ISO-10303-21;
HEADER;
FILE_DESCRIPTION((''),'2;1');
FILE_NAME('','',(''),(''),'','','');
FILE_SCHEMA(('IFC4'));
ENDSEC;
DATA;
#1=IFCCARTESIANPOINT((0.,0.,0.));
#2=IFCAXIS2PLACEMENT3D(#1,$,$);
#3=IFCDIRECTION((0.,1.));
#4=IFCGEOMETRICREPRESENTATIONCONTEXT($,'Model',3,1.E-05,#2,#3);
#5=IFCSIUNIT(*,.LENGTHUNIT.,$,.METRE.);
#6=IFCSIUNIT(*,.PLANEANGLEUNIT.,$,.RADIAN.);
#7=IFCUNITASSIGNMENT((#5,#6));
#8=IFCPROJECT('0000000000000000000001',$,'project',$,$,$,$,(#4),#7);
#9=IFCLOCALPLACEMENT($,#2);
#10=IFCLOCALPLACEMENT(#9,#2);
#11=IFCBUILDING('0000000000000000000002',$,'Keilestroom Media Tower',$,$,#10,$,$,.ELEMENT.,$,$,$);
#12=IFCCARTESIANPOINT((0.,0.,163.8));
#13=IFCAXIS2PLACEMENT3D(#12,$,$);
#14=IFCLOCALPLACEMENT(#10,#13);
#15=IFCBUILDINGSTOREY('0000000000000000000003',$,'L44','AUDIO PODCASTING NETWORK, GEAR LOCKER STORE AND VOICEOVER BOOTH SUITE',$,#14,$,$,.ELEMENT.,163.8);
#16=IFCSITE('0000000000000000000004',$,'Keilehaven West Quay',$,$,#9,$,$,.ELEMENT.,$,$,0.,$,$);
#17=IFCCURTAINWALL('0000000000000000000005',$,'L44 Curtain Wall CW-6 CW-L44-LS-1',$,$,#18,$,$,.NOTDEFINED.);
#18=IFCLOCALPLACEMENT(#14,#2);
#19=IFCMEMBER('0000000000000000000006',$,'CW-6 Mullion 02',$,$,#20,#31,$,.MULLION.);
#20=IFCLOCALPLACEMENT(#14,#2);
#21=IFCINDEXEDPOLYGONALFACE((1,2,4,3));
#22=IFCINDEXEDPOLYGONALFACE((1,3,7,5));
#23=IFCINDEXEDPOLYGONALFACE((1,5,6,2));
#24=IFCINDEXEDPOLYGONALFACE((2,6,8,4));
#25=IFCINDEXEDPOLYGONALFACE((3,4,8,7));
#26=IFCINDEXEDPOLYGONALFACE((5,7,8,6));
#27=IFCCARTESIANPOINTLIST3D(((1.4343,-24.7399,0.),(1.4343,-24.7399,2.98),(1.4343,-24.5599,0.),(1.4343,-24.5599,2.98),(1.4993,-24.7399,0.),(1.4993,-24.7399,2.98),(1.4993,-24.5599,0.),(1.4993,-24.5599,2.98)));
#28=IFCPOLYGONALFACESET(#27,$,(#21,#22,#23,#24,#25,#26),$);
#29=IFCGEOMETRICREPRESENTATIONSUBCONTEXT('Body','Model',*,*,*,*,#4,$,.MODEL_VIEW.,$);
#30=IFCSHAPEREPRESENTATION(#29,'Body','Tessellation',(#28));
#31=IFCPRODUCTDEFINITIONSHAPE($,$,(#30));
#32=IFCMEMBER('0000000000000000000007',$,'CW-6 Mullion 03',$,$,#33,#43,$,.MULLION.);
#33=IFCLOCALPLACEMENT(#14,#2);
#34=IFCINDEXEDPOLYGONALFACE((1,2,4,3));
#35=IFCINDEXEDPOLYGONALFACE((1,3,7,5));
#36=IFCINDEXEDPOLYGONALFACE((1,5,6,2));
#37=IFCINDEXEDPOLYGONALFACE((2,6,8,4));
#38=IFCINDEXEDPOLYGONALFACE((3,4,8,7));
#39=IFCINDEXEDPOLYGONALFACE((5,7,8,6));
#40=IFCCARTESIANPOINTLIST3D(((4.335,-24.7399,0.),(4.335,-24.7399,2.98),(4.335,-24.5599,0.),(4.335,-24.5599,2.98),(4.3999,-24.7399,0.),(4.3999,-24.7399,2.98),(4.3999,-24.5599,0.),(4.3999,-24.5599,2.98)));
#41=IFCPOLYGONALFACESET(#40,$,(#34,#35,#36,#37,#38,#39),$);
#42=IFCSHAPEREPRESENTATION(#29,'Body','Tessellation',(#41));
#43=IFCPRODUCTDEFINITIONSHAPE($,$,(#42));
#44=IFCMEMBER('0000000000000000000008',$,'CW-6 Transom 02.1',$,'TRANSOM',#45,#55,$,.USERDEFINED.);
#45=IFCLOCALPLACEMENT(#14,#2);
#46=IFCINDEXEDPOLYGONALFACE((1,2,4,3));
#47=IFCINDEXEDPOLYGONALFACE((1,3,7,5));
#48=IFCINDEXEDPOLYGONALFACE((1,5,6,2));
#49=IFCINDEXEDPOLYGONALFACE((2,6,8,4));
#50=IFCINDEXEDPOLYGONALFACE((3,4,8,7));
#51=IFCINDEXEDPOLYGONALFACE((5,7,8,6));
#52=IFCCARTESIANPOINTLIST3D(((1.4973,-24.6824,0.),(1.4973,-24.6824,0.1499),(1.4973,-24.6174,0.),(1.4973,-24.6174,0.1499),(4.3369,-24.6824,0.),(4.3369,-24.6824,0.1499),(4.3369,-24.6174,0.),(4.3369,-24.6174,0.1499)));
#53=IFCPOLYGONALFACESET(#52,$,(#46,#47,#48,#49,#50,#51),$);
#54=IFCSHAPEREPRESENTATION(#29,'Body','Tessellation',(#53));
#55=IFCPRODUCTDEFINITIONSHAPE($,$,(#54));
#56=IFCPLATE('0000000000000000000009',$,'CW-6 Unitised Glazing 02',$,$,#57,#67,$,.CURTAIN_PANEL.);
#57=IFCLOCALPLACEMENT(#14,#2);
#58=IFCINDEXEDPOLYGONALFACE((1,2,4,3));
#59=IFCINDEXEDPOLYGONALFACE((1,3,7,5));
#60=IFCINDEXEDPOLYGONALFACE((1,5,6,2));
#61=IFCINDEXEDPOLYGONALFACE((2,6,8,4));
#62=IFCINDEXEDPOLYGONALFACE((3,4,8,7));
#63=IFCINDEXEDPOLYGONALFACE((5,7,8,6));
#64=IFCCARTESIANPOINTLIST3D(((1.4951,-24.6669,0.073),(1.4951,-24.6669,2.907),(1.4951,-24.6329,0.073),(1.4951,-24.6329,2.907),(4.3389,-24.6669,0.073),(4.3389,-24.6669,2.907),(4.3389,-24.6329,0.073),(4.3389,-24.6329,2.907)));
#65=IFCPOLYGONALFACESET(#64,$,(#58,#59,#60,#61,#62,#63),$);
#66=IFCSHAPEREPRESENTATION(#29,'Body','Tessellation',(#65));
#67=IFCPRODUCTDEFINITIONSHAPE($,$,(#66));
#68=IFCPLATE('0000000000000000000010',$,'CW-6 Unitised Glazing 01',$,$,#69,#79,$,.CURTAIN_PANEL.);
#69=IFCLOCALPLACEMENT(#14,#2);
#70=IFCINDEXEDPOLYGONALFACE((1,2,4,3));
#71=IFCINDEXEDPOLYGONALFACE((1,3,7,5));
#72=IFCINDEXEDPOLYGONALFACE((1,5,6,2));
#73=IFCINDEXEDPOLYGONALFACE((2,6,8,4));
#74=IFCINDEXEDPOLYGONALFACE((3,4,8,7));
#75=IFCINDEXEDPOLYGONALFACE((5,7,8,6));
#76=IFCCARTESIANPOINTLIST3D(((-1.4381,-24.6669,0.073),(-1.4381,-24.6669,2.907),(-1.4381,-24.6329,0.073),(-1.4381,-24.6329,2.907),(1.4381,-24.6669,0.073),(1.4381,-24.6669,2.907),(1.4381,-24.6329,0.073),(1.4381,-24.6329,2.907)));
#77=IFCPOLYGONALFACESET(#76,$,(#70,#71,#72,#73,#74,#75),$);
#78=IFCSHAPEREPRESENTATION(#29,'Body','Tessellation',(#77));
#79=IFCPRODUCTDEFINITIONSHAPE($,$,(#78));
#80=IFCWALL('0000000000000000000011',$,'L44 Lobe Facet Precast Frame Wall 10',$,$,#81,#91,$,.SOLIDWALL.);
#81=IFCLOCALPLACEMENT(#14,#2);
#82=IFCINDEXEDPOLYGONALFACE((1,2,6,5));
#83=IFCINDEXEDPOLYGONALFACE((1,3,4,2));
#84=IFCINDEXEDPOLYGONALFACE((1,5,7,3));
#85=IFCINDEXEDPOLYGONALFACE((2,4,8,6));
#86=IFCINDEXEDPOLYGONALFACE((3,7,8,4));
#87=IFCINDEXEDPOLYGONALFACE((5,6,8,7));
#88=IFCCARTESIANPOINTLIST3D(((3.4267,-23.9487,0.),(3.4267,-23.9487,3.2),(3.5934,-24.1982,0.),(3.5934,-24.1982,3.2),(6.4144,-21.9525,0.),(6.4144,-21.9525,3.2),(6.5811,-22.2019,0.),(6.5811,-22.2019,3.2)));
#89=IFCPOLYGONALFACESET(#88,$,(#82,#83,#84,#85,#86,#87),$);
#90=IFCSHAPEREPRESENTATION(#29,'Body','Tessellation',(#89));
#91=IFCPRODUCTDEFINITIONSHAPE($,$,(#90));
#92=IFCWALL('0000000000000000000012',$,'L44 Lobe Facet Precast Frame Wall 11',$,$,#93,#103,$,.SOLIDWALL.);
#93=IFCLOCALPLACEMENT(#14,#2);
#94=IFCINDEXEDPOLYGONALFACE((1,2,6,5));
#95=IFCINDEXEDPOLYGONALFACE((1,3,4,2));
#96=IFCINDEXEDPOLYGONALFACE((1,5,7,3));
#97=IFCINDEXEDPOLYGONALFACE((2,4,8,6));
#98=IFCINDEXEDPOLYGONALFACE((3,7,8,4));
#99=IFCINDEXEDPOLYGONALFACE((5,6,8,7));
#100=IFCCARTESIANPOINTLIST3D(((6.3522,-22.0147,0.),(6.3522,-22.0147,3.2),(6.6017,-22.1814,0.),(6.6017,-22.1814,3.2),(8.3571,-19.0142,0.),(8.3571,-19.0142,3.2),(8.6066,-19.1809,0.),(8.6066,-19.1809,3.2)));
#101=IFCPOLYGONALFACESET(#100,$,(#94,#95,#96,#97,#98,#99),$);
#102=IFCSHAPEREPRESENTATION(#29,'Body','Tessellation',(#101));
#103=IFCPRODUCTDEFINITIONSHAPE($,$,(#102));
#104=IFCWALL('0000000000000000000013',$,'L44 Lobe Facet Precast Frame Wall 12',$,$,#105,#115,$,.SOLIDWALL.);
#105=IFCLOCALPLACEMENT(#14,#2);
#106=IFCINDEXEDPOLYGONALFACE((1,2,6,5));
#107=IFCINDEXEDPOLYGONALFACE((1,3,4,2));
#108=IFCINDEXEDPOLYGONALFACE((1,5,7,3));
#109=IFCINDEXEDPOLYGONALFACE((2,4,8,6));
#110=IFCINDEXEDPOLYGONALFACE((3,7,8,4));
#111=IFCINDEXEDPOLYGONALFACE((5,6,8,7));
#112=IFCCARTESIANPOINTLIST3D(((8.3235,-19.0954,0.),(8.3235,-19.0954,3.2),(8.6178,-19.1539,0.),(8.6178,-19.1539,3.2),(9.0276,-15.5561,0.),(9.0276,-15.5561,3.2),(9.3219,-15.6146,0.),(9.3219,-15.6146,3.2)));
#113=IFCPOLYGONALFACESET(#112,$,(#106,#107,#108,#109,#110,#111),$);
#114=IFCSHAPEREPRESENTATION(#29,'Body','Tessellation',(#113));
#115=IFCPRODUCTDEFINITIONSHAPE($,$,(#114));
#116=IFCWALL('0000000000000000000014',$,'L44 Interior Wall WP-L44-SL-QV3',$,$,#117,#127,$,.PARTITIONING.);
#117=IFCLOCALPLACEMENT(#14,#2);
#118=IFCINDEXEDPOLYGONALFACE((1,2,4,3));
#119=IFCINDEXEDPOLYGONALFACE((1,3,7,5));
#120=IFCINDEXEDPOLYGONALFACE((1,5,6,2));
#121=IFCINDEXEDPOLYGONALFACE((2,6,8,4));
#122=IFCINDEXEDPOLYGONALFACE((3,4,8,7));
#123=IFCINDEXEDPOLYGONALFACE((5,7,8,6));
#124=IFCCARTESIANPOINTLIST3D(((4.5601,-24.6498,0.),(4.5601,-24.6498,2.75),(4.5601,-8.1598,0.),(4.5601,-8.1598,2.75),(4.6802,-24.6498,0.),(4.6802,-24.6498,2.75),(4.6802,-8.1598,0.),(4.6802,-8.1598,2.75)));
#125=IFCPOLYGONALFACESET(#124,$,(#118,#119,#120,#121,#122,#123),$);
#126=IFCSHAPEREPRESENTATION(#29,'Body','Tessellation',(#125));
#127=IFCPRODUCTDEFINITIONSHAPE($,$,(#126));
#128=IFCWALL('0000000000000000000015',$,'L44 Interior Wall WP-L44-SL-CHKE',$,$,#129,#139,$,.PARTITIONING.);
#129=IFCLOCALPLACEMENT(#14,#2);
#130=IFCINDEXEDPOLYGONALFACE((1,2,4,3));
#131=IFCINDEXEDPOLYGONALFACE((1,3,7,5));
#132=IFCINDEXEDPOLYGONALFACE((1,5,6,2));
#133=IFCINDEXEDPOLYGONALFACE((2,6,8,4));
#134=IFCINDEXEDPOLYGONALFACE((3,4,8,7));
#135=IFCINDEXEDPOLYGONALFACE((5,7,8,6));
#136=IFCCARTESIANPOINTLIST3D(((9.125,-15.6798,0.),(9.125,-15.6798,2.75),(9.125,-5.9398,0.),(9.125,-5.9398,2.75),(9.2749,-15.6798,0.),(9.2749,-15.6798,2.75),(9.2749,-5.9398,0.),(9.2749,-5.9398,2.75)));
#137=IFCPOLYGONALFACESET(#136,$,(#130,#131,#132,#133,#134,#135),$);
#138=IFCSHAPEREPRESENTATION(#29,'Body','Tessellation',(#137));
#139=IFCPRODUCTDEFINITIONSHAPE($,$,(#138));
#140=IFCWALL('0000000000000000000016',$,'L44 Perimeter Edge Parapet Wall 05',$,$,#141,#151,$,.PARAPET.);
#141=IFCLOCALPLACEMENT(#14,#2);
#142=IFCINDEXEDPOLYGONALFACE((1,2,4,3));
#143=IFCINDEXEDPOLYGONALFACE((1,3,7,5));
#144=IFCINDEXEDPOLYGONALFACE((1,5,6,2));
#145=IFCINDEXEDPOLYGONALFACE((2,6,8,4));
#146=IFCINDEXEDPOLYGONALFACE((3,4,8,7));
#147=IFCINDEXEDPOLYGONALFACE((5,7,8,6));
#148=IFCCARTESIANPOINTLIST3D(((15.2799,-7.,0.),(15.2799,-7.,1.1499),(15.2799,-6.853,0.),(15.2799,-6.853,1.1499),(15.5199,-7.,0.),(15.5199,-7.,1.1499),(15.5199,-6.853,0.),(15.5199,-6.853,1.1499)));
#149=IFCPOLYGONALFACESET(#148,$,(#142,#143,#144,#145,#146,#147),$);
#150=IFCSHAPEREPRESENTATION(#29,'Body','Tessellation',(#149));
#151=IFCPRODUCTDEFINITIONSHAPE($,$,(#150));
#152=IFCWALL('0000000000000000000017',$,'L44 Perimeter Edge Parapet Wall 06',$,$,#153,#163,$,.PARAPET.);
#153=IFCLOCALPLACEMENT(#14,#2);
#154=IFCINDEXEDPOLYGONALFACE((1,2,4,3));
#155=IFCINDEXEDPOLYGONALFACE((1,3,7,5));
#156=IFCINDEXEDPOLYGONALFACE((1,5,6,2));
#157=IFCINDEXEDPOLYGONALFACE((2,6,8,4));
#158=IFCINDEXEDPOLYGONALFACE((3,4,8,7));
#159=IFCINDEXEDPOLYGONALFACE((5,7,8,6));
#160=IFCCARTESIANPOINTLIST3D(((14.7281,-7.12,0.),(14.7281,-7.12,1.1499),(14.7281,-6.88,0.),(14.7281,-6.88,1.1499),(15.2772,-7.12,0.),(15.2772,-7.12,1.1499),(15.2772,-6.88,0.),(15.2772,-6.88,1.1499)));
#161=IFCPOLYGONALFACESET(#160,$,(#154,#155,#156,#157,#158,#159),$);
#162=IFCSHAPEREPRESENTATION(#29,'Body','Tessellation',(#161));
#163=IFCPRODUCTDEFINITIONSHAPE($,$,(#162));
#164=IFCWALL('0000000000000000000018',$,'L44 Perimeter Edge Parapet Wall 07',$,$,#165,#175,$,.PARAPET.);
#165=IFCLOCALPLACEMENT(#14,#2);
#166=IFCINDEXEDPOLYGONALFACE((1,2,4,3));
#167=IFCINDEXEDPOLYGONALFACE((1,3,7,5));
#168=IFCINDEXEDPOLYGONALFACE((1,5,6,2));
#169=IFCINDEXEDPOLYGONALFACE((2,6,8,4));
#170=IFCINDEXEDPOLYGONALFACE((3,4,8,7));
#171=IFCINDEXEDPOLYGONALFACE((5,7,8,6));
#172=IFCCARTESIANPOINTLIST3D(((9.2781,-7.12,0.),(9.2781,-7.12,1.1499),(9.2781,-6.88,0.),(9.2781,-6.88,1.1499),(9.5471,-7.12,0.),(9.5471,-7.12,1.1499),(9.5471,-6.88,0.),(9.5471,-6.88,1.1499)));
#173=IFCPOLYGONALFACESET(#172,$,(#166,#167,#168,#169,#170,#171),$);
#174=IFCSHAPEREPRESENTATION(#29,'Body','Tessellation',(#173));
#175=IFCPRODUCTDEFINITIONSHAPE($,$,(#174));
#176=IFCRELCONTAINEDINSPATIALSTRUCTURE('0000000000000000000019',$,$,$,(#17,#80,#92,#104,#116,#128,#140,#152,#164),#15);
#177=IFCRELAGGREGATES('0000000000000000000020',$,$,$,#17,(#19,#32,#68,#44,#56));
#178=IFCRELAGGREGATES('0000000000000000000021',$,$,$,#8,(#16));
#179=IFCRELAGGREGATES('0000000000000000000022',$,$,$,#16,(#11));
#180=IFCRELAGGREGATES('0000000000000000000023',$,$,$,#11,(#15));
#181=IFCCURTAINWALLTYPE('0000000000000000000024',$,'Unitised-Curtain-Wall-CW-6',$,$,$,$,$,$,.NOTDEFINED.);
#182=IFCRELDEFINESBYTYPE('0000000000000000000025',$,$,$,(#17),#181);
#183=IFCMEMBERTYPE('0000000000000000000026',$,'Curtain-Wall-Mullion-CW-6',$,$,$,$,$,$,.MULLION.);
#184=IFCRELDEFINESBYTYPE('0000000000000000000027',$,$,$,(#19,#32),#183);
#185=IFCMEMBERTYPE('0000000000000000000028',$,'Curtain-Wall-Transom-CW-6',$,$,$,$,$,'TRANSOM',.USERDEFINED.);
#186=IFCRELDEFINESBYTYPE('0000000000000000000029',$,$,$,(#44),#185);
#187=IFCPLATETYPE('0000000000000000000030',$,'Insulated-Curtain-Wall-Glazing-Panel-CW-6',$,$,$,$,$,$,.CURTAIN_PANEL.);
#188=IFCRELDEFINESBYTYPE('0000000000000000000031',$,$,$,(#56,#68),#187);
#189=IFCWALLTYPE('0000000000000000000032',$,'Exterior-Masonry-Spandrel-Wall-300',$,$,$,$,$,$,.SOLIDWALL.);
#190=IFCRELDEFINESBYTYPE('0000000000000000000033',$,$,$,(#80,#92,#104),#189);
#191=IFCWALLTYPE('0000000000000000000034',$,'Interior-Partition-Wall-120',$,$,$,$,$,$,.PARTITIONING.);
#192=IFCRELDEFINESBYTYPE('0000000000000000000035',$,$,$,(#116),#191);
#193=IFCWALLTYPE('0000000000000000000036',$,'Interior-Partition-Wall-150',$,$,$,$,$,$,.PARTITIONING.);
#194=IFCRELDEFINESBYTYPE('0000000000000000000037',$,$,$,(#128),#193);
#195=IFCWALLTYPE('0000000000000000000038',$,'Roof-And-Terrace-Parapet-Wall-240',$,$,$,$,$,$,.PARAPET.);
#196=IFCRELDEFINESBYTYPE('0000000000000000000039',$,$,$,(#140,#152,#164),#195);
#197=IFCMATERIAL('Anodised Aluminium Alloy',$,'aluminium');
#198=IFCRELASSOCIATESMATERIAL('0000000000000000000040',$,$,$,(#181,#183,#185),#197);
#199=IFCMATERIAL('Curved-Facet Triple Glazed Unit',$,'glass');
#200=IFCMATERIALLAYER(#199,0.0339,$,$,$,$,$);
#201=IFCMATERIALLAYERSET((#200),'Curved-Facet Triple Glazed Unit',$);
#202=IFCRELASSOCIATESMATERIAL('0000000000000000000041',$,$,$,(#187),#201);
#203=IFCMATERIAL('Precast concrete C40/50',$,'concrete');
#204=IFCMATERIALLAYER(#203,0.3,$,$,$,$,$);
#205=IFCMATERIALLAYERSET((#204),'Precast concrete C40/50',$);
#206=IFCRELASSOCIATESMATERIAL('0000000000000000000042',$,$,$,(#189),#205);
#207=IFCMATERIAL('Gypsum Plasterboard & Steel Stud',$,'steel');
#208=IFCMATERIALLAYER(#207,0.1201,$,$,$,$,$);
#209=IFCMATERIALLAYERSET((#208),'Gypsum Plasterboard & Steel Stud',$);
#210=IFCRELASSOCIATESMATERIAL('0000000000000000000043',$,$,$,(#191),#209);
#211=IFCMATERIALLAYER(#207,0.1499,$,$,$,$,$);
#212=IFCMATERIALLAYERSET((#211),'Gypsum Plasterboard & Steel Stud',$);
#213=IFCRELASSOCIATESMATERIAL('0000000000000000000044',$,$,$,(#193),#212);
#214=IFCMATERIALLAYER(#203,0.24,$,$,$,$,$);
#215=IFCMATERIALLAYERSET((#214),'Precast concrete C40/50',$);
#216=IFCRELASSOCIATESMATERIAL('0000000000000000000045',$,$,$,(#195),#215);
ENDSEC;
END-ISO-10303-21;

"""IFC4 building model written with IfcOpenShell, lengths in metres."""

from ifc_helpers import new_model, si_unit, direction, frame, frame_2d, origin, origin_2d, place, context, subcontext, project, spatial, rectangle, extrude, source, transform, mapped, material, layer, layer_set, material_profile, profile_set, type_object, element, aggregate, save


model = new_model("IFC4")

# Units and contexts
model_context = context("Model", 3, precision=1e-05, world=origin(), true_north=direction((0.0, 1.0)))
body_context = subcontext(model_context, "Body", "Model", "MODEL_VIEW")
ifc_project = project(units=[si_unit("LENGTHUNIT", "METRE"), si_unit("PLANEANGLEUNIT", "RADIAN")], contexts=[model_context])

# Site, building, storey
site_placement = place(None, origin())
site = spatial("IfcSite", under=ifc_project, at=site_placement, Name="Keilehaven West Quay", CompositionType="ELEMENT", RefElevation=0.0)
building_placement = place(site_placement, origin())
building = spatial("IfcBuilding", under=site, at=building_placement, Name="Keilestroom Media Tower", CompositionType="ELEMENT")
storey_placement = place(building_placement, frame((0.0, 0.0, 163.8)))
storey = spatial("IfcBuildingStorey", under=building, at=storey_placement, Name="L44", Description="AUDIO PODCASTING NETWORK, GEAR LOCKER STORE AND VOICEOVER BOOTH SUITE", CompositionType="ELEMENT", Elevation=163.8)

# Shared definitions
ifc_material_1 = material(Name="Precast concrete C40/50", Category="concrete")

# Curtain wall, members, plates
ifc_material_2 = material(Name="Anodised Aluminium Alloy", Category="aluminium")
curtain_wall_type = type_object("IfcCurtainWallType", Name="Unitised-Curtain-Wall-CW-6", PredefinedType="NOTDEFINED", material=ifc_material_2)
curtain_wall_placement = place(storey_placement, origin())
curtain_wall = element("IfcCurtainWall", 1, at=curtain_wall_placement, inside=storey, type_object=curtain_wall_type, Name="L44 Curtain Wall CW-6 CW-L44-LS-1", PredefinedType="NOTDEFINED")
ifc_material_profile_1 = material_profile(ifc_material_2, rectangle(XDim=0.0649, YDim=0.1799, at=origin_2d()), Name="ALU MULLION 65x180")
ifc_profile_set_1 = profile_set([ifc_material_profile_1], Name="Anodised Aluminium Alloy")
member_type_1 = type_object("IfcMemberType", Name="Curtain-Wall-Mullion-CW-6", PredefinedType="MULLION", material=ifc_profile_set_1)
shared_shape_1 = source(origin(), body_context, "Body", "SweptSolid", [
    extrude(rectangle(XDim=0.0649, YDim=0.1799, at=origin_2d()), origin(), (0.0, 0.0, 1.0), 2.98),
])
member_1_placement = place(storey_placement, frame((1.4668, -24.6499, 0.0), z_axis=(0.0, 0.0, 1.0), x_axis=(1.0, 0.0, 0.0)))
member_1 = element("IfcMember", 2, at=member_1_placement, type_object=member_type_1, Name="CW-6 Mullion 02", PredefinedType="MULLION", context=body_context, shape_type="MappedRepresentation", body=[
    mapped(shared_shape_1, transform((0.0, 0.0, 0.0), x_axis=(1.0, 0.0, 0.0), y_axis=(0.0, 1.0, 0.0), z_axis=(0.0, 0.0, 1.0), scale=1.0)),
])
member_2_placement = place(storey_placement, frame((4.3674, -24.6499, 0.0), z_axis=(0.0, 0.0, 1.0), x_axis=(1.0, 0.0, 0.0)))
member_2 = element("IfcMember", 3, at=member_2_placement, type_object=member_type_1, Name="CW-6 Mullion 03", PredefinedType="MULLION", context=body_context, shape_type="MappedRepresentation", body=[
    mapped(shared_shape_1, transform((0.0, 0.0, 0.0), x_axis=(1.0, 0.0, 0.0), y_axis=(0.0, 1.0, 0.0), z_axis=(0.0, 0.0, 1.0), scale=1.0)),
])
ifc_material_profile_2 = material_profile(ifc_material_2, rectangle(XDim=0.0649, YDim=0.1499, at=origin_2d()), Name="ALU TRANSOM 65x150")
ifc_profile_set_2 = profile_set([ifc_material_profile_2], Name="Anodised Aluminium Alloy")
member_type_2 = type_object("IfcMemberType", Name="Curtain-Wall-Transom-CW-6", ElementType="TRANSOM", PredefinedType="USERDEFINED", material=ifc_profile_set_2)
shared_shape_2 = source(origin(), body_context, "Body", "SweptSolid", [
    extrude(rectangle(XDim=0.0649, YDim=0.1499, at=origin_2d()), origin(), (0.0, 0.0, 1.0), 2.8396),
])
member_3_placement = place(storey_placement, frame((1.4973, -24.6499, 0.075), z_axis=(1.0, 0.0, 0.0), x_axis=(0.0, 1.0, 0.0)))
member_3 = element("IfcMember", 4, at=member_3_placement, type_object=member_type_2, Name="CW-6 Transom 02.1", ObjectType="TRANSOM", PredefinedType="USERDEFINED", context=body_context, shape_type="MappedRepresentation", body=[
    mapped(shared_shape_2, transform((0.0, 0.0, 0.0), x_axis=(1.0, 0.0, 0.0), y_axis=(0.0, 1.0, 0.0), z_axis=(0.0, 0.0, 1.0), scale=1.0)),
])
ifc_material_3 = material(Name="Curved-Facet Triple Glazed Unit", Category="glass")
ifc_layer_1 = layer(ifc_material_3, 0.0339)
ifc_layer_set_1 = layer_set([ifc_layer_1], Name="Curved-Facet Triple Glazed Unit")
plate_type = type_object("IfcPlateType", Name="Insulated-Curtain-Wall-Glazing-Panel-CW-6", PredefinedType="CURTAIN_PANEL", material=ifc_layer_set_1)
shared_shape_3 = source(origin(), body_context, "Body", "SweptSolid", [
    extrude(rectangle(XDim=2.8438, YDim=0.0339, at=origin_2d()), origin(), (0.0, 0.0, 1.0), 2.834),
])
plate_1_placement = place(storey_placement, frame((2.917, -24.6499, 0.073), z_axis=(0.0, 0.0, 1.0), x_axis=(1.0, 0.0, 0.0)))
plate_1 = element("IfcPlate", 5, at=plate_1_placement, type_object=plate_type, Name="CW-6 Unitised Glazing 02", PredefinedType="CURTAIN_PANEL", context=body_context, shape_type="MappedRepresentation", body=[
    mapped(shared_shape_3, transform((0.0, 0.0, 0.0), x_axis=(1.0, 0.0, 0.0), y_axis=(0.0, 1.0, 0.0), z_axis=(0.0, 0.0, 1.0), scale=1.0)),
])
shared_shape_4 = source(origin(), body_context, "Body", "SweptSolid", [
    extrude(rectangle(XDim=2.8762, YDim=0.0339, at=origin_2d()), origin(), (0.0, 0.0, 1.0), 2.834),
])
plate_2_placement = place(storey_placement, frame((0.0, -24.6499, 0.073), z_axis=(0.0, 0.0, 1.0), x_axis=(1.0, 0.0, 0.0)))
plate_2 = element("IfcPlate", 6, at=plate_2_placement, type_object=plate_type, Name="CW-6 Unitised Glazing 01", PredefinedType="CURTAIN_PANEL", context=body_context, shape_type="MappedRepresentation", body=[
    mapped(shared_shape_4, transform((0.0, 0.0, 0.0), x_axis=(1.0, 0.0, 0.0), y_axis=(0.0, 1.0, 0.0), z_axis=(0.0, 0.0, 1.0), scale=1.0)),
])
aggregate(curtain_wall, [member_1, member_2, plate_2, member_3, plate_1])

# Walls
ifc_layer_2 = layer(ifc_material_1, 0.3)
ifc_layer_set_2 = layer_set([ifc_layer_2], Name="Precast concrete C40/50")
wall_type_1 = type_object("IfcWallType", Name="Exterior-Masonry-Spandrel-Wall-300", PredefinedType="SOLIDWALL", material=ifc_layer_set_2)
wall_1_placement = place(storey_placement, frame((3.51, -24.0735, 0.0), z_axis=(0.0, 0.0, 1.0), x_axis=(0.831475, 0.555562, 0.0)))
element("IfcWall", 7, at=wall_1_placement, inside=storey, type_object=wall_type_1, Name="L44 Lobe Facet Precast Frame Wall 10", PredefinedType="SOLIDWALL", context=body_context, shape_type="SweptSolid", body=[
    extrude(rectangle(XDim=3.5933, YDim=0.3, at=frame_2d((1.7966, 0.0))), origin(), (0.0, 0.0, 1.0), 3.2),
])
for number, where, z_axis, x_axis, name in (
    (8, (6.4771, -22.0979, 0.0), (0.0, 0.0, 1.0), (0.555574, 0.831467, 0.0), "L44 Lobe Facet Precast Frame Wall 11"),
    (9, (8.4707, -19.1245, 0.0), (0.0, 0.0, 1.0), (0.195114, 0.980781, 0.0), "L44 Lobe Facet Precast Frame Wall 12"),
):
    element("IfcWall", number, at=place(storey_placement, frame(where, z_axis=z_axis, x_axis=x_axis)), inside=storey, type_object=wall_type_1, Name=name, PredefinedType="SOLIDWALL", context=body_context, shape_type="SweptSolid", body=[
        extrude(rectangle(XDim=3.6086, YDim=0.3, at=frame_2d((1.8042, 0.0))), origin(), (0.0, 0.0, 1.0), 3.2),
    ])
ifc_material_4 = material(Name="Gypsum Plasterboard & Steel Stud", Category="steel")
ifc_layer_3 = layer(ifc_material_4, 0.1201)
ifc_layer_set_3 = layer_set([ifc_layer_3], Name="Gypsum Plasterboard & Steel Stud")
wall_type_2 = type_object("IfcWallType", Name="Interior-Partition-Wall-120", PredefinedType="PARTITIONING", material=ifc_layer_set_3)
wall_2_placement = place(storey_placement, frame((4.6201, -24.6499, 0.0), z_axis=(0.0, 0.0, 1.0), x_axis=(0.0, 1.0, 0.0)))
element("IfcWall", 10, at=wall_2_placement, inside=storey, type_object=wall_type_2, Name="L44 Interior Wall WP-L44-SL-QV3", PredefinedType="PARTITIONING", context=body_context, shape_type="SweptSolid", body=[
    extrude(rectangle(XDim=16.49, YDim=0.1201, at=frame_2d((8.2451, 0.0))), origin(), (0.0, 0.0, 1.0), 2.75),
])
ifc_layer_4 = layer(ifc_material_4, 0.1499)
ifc_layer_set_4 = layer_set([ifc_layer_4], Name="Gypsum Plasterboard & Steel Stud")
wall_type_3 = type_object("IfcWallType", Name="Interior-Partition-Wall-150", PredefinedType="PARTITIONING", material=ifc_layer_set_4)
wall_3_placement = place(storey_placement, frame((9.2, -15.6799, 0.0), z_axis=(0.0, 0.0, 1.0), x_axis=(0.0, 1.0, 0.0)))
element("IfcWall", 11, at=wall_3_placement, inside=storey, type_object=wall_type_3, Name="L44 Interior Wall WP-L44-SL-CHKE", PredefinedType="PARTITIONING", context=body_context, shape_type="SweptSolid", body=[
    extrude(rectangle(XDim=9.74, YDim=0.1499, at=frame_2d((4.8701, 0.0))), origin(), (0.0, 0.0, 1.0), 2.75),
])
ifc_layer_5 = layer(ifc_material_1, 0.24)
ifc_layer_set_5 = layer_set([ifc_layer_5], Name="Precast concrete C40/50")
wall_type_4 = type_object("IfcWallType", Name="Roof-And-Terrace-Parapet-Wall-240", PredefinedType="PARAPET", material=ifc_layer_set_5)
wall_4_placement = place(storey_placement, frame((15.3999, -6.853, 0.0), z_axis=(0.0, 0.0, 1.0), x_axis=(0.0, -1.0, 0.0)))
element("IfcWall", 12, at=wall_4_placement, inside=storey, type_object=wall_type_4, Name="L44 Perimeter Edge Parapet Wall 05", PredefinedType="PARAPET", context=body_context, shape_type="SweptSolid", body=[
    extrude(rectangle(XDim=0.147, YDim=0.24, at=frame_2d((0.0735, 0.0))), origin(), (0.0, 0.0, 1.0), 1.1499),
])
wall_5_placement = place(storey_placement, frame((15.2771, -7.0, 0.0), z_axis=(0.0, 0.0, 1.0), x_axis=(-1.0, 0.0, 0.0)))
element("IfcWall", 13, at=wall_5_placement, inside=storey, type_object=wall_type_4, Name="L44 Perimeter Edge Parapet Wall 06", PredefinedType="PARAPET", context=body_context, shape_type="SweptSolid", body=[
    extrude(rectangle(XDim=0.5491, YDim=0.24, at=frame_2d((0.2744, 0.0))), origin(), (0.0, 0.0, 1.0), 1.1499),
])
wall_6_placement = place(storey_placement, frame((9.5471, -7.0, 0.0), z_axis=(0.0, 0.0, 1.0), x_axis=(-1.0, 0.0, 0.0)))
element("IfcWall", 14, at=wall_6_placement, inside=storey, type_object=wall_type_4, Name="L44 Perimeter Edge Parapet Wall 07", PredefinedType="PARAPET", context=body_context, shape_type="SweptSolid", body=[
    extrude(rectangle(XDim=0.269, YDim=0.24, at=frame_2d((0.1345, 0.0))), origin(), (0.0, 0.0, 1.0), 1.1499),
])

save(model, "model.ifc")
